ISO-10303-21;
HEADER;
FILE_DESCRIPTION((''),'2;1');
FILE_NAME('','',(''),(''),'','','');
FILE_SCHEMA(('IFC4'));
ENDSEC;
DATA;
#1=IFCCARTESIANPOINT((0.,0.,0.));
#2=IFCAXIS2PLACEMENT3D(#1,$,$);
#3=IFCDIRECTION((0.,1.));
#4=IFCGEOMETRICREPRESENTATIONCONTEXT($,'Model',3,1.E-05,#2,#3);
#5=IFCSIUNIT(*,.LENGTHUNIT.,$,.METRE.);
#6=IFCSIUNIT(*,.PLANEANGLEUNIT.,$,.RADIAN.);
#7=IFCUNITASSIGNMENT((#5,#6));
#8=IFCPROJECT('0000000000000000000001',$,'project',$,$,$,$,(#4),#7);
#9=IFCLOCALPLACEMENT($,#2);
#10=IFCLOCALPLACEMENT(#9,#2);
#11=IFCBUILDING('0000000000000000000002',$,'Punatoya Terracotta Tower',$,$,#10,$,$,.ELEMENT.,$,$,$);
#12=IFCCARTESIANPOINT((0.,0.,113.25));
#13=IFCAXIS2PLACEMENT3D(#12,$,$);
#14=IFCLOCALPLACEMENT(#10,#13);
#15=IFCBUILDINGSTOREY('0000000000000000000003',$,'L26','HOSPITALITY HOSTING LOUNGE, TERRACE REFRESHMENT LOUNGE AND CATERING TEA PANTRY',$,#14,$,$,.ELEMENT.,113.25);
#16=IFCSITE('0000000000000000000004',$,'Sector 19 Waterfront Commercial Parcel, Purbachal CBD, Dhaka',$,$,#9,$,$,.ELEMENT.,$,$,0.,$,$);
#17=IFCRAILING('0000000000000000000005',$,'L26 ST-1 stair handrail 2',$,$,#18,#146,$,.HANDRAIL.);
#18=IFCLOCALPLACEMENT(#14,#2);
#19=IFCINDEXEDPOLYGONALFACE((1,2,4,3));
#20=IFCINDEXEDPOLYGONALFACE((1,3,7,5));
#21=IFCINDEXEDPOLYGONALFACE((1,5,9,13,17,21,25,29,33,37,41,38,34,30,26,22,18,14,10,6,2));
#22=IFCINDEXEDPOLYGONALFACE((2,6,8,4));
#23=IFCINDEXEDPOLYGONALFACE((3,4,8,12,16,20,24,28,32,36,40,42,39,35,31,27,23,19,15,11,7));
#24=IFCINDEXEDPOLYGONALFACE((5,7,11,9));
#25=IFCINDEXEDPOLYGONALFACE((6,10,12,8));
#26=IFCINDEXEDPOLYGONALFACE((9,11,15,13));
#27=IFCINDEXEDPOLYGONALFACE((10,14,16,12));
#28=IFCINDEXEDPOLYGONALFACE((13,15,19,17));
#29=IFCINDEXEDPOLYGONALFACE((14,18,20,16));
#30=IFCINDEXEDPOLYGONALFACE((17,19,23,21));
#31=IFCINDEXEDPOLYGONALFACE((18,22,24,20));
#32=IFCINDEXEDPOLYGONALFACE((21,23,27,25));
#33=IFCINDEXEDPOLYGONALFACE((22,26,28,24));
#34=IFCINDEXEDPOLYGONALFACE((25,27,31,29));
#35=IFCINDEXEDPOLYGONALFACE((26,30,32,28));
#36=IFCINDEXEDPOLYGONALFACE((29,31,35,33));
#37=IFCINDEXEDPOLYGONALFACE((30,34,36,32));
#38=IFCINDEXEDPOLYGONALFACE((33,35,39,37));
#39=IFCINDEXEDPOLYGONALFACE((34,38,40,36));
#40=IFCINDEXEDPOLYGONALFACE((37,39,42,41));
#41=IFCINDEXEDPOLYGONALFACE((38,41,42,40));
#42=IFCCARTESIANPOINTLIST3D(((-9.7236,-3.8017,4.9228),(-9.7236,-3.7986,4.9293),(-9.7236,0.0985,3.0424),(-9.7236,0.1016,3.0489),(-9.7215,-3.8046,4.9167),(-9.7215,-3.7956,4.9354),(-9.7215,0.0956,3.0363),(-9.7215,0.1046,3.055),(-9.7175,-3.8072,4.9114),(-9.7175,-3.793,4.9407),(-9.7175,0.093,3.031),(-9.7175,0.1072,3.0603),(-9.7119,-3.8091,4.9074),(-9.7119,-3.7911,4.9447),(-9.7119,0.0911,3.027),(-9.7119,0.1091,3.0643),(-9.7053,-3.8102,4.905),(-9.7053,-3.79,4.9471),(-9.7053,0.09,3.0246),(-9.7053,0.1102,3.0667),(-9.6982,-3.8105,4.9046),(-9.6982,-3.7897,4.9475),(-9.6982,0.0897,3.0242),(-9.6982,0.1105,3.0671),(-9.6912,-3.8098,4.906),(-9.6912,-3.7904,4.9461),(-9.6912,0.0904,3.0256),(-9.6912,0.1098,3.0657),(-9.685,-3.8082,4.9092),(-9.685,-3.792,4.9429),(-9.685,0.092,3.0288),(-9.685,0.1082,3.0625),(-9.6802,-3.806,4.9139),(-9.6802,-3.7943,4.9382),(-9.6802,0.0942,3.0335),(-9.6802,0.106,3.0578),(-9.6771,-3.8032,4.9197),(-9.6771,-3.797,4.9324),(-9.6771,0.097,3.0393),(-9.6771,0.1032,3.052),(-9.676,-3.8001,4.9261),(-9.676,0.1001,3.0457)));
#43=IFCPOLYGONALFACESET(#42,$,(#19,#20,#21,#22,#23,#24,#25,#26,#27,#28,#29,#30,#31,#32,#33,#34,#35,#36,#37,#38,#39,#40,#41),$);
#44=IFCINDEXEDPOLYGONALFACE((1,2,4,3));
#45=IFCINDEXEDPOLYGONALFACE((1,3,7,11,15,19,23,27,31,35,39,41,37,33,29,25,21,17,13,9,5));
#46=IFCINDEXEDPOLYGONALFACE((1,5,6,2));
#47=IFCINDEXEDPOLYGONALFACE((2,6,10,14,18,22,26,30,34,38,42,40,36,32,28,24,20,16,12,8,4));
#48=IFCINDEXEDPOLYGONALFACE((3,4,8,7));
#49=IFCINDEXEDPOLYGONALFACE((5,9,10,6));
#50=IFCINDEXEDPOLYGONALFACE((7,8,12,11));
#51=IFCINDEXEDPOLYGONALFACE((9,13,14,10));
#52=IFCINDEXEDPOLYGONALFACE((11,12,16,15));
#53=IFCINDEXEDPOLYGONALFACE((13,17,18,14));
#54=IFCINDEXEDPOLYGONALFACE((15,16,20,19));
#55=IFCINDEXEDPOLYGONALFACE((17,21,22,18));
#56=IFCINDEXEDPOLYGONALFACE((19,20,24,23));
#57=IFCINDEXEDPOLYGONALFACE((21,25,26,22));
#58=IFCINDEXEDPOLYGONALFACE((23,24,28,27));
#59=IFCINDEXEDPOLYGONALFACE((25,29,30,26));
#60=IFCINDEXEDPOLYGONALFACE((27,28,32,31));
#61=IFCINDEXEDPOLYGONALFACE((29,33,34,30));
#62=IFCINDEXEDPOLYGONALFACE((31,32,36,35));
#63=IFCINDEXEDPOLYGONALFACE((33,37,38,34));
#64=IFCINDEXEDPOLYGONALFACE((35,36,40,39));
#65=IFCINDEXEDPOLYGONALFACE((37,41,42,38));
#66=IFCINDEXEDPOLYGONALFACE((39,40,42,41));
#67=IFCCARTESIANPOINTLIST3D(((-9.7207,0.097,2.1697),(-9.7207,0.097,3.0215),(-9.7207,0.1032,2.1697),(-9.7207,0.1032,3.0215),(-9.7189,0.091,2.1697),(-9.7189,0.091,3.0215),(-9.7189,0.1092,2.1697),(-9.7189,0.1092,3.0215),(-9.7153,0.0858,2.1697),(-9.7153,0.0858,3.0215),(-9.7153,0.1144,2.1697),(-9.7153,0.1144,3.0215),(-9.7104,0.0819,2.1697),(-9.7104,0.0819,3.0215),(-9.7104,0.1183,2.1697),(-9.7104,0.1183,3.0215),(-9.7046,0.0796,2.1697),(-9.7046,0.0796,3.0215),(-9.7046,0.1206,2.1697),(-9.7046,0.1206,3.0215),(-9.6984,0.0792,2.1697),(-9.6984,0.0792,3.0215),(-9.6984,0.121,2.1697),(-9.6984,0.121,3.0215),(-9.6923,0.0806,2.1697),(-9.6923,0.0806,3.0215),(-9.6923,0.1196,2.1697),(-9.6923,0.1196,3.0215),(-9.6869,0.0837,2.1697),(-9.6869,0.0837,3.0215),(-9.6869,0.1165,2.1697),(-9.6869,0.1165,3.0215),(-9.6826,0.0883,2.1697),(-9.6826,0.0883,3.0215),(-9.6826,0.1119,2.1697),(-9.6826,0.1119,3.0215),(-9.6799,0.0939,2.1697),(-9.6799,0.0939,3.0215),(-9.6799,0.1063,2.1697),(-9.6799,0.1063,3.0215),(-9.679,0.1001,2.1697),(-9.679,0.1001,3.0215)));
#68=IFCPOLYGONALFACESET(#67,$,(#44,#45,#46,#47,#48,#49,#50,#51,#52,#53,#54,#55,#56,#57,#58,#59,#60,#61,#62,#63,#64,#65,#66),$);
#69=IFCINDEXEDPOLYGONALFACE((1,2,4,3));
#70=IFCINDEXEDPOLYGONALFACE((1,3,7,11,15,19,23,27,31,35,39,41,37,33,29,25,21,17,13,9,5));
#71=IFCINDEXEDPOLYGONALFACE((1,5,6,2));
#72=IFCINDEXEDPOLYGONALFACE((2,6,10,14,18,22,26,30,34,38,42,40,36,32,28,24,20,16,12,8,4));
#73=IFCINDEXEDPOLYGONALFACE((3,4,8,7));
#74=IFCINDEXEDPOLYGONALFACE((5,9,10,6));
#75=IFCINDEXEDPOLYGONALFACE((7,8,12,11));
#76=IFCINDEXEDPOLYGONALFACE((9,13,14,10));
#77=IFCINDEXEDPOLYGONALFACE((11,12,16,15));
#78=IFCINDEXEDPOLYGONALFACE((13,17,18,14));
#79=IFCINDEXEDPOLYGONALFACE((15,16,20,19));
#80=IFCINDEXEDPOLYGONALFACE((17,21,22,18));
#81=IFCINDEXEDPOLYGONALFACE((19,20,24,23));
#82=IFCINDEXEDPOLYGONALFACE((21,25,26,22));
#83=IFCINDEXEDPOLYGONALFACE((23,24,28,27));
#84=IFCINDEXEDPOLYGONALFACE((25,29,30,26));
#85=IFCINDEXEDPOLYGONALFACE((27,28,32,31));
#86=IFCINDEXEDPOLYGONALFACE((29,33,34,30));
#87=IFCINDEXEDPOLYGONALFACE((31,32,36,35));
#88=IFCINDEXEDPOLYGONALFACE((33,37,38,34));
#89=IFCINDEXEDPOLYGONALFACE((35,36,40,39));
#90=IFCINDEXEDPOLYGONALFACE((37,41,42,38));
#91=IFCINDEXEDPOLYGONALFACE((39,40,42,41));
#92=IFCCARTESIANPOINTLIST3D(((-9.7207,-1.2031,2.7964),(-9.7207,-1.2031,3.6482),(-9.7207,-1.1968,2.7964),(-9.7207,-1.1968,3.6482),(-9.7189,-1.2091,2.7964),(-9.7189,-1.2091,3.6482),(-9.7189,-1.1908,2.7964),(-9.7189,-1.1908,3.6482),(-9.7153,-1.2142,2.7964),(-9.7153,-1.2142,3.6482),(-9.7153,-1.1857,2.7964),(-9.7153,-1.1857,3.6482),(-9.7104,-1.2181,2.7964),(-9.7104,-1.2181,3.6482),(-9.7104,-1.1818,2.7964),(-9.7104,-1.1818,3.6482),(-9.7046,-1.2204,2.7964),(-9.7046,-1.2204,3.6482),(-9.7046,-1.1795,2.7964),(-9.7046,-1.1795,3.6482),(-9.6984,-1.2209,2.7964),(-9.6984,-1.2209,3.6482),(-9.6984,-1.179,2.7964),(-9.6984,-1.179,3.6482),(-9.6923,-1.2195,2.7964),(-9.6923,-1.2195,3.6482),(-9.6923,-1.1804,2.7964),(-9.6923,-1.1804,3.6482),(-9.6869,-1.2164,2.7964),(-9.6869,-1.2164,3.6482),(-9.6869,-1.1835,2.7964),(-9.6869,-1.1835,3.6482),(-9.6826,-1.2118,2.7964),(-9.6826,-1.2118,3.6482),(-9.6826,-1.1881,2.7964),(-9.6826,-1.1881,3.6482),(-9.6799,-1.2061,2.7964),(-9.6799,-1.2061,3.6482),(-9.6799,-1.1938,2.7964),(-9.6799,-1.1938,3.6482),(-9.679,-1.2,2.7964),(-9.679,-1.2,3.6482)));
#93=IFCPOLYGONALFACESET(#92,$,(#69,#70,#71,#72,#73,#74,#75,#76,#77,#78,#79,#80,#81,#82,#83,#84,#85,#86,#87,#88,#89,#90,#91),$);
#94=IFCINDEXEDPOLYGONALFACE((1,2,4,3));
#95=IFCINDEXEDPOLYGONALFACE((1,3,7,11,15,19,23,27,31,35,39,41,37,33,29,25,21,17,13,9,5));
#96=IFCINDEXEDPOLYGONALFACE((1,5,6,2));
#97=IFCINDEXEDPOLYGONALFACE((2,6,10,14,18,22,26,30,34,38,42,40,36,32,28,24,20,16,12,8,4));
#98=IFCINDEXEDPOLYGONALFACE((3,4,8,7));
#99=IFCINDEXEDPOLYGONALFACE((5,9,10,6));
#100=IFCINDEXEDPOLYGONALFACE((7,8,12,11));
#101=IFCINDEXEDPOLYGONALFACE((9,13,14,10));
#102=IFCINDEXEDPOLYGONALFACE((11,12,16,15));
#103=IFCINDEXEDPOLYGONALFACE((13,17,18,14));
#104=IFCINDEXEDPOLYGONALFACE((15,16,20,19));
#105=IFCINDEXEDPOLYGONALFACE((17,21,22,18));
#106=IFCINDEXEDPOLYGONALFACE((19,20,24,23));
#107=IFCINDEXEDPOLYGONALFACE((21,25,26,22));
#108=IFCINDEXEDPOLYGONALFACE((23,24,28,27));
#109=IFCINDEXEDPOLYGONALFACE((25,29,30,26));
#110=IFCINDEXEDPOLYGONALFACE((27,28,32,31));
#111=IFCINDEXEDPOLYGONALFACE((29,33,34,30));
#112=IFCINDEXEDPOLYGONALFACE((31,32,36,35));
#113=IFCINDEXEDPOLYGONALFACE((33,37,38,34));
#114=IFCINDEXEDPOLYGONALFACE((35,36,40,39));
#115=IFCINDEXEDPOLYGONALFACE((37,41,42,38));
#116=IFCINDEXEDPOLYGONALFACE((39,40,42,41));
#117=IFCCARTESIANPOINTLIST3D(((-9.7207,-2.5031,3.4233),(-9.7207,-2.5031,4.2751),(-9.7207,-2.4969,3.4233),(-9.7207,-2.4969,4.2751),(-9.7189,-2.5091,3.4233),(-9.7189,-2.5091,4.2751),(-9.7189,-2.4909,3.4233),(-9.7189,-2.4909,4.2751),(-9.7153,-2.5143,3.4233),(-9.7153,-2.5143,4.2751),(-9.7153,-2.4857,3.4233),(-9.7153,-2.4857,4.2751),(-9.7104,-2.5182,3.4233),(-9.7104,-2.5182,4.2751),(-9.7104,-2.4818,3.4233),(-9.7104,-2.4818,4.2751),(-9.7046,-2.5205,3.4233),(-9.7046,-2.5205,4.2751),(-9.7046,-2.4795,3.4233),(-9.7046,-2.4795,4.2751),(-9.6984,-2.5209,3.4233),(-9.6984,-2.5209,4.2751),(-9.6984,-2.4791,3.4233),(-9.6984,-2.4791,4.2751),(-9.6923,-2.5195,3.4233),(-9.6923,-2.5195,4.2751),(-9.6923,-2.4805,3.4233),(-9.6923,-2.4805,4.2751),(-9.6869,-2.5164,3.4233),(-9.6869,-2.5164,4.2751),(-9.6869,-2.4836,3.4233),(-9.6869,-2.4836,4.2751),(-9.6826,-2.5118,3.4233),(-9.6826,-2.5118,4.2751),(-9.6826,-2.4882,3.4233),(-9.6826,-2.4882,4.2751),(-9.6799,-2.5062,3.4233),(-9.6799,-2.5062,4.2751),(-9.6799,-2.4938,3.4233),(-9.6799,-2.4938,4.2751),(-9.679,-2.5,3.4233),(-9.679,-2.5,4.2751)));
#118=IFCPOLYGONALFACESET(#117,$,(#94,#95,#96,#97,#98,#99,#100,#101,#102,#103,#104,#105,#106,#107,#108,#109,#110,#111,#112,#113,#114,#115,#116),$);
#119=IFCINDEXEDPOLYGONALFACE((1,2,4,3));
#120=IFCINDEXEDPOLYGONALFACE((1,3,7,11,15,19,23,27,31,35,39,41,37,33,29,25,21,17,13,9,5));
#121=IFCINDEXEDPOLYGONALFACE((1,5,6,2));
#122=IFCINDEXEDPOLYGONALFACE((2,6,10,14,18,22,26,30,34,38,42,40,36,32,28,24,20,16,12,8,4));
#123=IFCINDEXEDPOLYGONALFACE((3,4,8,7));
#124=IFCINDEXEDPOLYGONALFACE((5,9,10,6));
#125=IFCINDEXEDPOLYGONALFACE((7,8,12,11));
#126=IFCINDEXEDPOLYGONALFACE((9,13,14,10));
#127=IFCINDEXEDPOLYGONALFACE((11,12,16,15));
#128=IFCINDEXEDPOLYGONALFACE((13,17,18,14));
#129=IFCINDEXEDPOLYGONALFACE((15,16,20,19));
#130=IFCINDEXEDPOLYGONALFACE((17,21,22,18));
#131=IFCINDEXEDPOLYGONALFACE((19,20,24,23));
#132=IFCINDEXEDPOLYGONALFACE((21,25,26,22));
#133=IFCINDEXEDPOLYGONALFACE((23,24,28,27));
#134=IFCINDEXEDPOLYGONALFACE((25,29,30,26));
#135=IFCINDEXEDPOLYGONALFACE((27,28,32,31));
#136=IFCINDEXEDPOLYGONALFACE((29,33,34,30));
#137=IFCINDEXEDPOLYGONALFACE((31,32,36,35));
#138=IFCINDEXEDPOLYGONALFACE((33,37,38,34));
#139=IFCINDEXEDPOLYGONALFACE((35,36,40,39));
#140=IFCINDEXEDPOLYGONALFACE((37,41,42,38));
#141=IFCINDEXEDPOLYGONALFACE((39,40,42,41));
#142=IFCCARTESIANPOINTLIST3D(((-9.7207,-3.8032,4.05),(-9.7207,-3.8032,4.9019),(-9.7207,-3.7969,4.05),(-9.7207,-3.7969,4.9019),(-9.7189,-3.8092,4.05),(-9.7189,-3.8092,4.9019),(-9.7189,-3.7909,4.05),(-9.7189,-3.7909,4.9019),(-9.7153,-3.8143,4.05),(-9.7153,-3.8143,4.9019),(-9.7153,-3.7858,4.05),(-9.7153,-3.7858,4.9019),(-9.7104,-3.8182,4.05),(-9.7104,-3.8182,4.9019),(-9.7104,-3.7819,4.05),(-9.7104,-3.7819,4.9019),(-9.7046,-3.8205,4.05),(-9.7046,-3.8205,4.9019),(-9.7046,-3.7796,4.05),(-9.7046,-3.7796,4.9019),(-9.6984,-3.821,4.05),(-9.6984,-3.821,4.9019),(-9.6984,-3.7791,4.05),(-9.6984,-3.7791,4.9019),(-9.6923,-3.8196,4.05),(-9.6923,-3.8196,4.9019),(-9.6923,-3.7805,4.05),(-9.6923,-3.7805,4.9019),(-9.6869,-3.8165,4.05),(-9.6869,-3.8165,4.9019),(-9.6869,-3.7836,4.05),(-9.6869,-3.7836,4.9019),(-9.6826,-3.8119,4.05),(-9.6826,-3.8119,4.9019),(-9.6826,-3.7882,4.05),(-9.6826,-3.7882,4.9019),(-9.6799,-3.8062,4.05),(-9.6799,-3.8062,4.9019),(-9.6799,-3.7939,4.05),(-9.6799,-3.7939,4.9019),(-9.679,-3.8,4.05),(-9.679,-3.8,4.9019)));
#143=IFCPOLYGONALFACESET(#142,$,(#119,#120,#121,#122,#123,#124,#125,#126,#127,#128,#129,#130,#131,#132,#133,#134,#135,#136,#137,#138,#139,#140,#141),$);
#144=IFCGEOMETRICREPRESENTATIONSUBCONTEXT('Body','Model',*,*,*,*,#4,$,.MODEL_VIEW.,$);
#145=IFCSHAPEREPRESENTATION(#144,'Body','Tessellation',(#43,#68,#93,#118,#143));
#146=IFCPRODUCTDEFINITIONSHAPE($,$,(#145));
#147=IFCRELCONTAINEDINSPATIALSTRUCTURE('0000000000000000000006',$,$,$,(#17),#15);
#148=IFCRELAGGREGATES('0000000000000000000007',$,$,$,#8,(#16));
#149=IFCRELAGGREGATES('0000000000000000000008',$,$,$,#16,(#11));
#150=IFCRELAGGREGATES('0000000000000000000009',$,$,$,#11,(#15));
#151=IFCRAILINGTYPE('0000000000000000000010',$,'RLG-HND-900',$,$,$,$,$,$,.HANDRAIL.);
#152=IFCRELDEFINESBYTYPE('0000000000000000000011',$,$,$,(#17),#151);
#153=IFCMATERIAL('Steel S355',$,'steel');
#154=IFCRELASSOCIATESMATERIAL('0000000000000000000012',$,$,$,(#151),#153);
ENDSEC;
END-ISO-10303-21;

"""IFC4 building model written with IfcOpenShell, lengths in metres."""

from ifc_helpers import new_model, si_unit, direction, frame, origin, origin_2d, place, context, subcontext, project, spatial, circle, extrude, material, type_object, element, save


model = new_model("IFC4")

# Units and contexts
model_context = context("Model", 3, precision=1e-05, world=origin(), true_north=direction((0.0, 1.0)))
body_context = subcontext(model_context, "Body", "Model", "MODEL_VIEW")
ifc_project = project(units=[si_unit("LENGTHUNIT", "METRE"), si_unit("PLANEANGLEUNIT", "RADIAN")], contexts=[model_context])

# Site, building, storey
site_placement = place(None, origin())
site = spatial("IfcSite", under=ifc_project, at=site_placement, Name="Sector 19 Waterfront Commercial Parcel, Purbachal CBD, Dhaka", CompositionType="ELEMENT", RefElevation=0.0)
building_placement = place(site_placement, origin())
building = spatial("IfcBuilding", under=site, at=building_placement, Name="Punatoya Terracotta Tower", CompositionType="ELEMENT")
storey_placement = place(building_placement, frame((0.0, 0.0, 113.25)))
storey = spatial("IfcBuildingStorey", under=building, at=storey_placement, Name="L26", Description="HOSPITALITY HOSTING LOUNGE, TERRACE REFRESHMENT LOUNGE AND CATERING TEA PANTRY", CompositionType="ELEMENT", Elevation=113.25)

# Shared definitions
ifc_material_1 = material(Name="Steel S355", Category="steel")

# Railing
railing_type_1 = type_object("IfcRailingType", Name="RLG-HND-900", PredefinedType="HANDRAIL", material=ifc_material_1)
railing_1_placement = place(storey_placement, frame((-9.7, 0.1001, 2.1697)))
element("IfcRailing", 1, at=railing_1_placement, inside=storey, type_object=railing_type_1, Name="L26 ST-1 stair handrail 2", PredefinedType="HANDRAIL", context=body_context, shape_type="SweptSolid", body=[
    extrude(circle(Radius=0.0239, at=origin_2d()), frame((0.0, 0.0, 0.876), z_axis=(0.0, -0.900774, 0.434289), x_axis=(1.0, 0.0, 0.0)), (0.0, 0.0, 1.0), 4.3298),
    extrude(circle(Radius=0.021, at=origin_2d()), origin(), (0.0, 0.0, 1.0), 0.8518),
    extrude(circle(Radius=0.021, at=origin_2d()), frame((0.0, -1.3, 0.6267)), (0.0, 0.0, 1.0), 0.8518),
    extrude(circle(Radius=0.021, at=origin_2d()), frame((0.0, -2.6001, 1.2537)), (0.0, 0.0, 1.0), 0.8518),
    extrude(circle(Radius=0.021, at=origin_2d()), frame((0.0, -3.9001, 1.8804)), (0.0, 0.0, 1.0), 0.8518),
])

save(model, "model.ifc")
